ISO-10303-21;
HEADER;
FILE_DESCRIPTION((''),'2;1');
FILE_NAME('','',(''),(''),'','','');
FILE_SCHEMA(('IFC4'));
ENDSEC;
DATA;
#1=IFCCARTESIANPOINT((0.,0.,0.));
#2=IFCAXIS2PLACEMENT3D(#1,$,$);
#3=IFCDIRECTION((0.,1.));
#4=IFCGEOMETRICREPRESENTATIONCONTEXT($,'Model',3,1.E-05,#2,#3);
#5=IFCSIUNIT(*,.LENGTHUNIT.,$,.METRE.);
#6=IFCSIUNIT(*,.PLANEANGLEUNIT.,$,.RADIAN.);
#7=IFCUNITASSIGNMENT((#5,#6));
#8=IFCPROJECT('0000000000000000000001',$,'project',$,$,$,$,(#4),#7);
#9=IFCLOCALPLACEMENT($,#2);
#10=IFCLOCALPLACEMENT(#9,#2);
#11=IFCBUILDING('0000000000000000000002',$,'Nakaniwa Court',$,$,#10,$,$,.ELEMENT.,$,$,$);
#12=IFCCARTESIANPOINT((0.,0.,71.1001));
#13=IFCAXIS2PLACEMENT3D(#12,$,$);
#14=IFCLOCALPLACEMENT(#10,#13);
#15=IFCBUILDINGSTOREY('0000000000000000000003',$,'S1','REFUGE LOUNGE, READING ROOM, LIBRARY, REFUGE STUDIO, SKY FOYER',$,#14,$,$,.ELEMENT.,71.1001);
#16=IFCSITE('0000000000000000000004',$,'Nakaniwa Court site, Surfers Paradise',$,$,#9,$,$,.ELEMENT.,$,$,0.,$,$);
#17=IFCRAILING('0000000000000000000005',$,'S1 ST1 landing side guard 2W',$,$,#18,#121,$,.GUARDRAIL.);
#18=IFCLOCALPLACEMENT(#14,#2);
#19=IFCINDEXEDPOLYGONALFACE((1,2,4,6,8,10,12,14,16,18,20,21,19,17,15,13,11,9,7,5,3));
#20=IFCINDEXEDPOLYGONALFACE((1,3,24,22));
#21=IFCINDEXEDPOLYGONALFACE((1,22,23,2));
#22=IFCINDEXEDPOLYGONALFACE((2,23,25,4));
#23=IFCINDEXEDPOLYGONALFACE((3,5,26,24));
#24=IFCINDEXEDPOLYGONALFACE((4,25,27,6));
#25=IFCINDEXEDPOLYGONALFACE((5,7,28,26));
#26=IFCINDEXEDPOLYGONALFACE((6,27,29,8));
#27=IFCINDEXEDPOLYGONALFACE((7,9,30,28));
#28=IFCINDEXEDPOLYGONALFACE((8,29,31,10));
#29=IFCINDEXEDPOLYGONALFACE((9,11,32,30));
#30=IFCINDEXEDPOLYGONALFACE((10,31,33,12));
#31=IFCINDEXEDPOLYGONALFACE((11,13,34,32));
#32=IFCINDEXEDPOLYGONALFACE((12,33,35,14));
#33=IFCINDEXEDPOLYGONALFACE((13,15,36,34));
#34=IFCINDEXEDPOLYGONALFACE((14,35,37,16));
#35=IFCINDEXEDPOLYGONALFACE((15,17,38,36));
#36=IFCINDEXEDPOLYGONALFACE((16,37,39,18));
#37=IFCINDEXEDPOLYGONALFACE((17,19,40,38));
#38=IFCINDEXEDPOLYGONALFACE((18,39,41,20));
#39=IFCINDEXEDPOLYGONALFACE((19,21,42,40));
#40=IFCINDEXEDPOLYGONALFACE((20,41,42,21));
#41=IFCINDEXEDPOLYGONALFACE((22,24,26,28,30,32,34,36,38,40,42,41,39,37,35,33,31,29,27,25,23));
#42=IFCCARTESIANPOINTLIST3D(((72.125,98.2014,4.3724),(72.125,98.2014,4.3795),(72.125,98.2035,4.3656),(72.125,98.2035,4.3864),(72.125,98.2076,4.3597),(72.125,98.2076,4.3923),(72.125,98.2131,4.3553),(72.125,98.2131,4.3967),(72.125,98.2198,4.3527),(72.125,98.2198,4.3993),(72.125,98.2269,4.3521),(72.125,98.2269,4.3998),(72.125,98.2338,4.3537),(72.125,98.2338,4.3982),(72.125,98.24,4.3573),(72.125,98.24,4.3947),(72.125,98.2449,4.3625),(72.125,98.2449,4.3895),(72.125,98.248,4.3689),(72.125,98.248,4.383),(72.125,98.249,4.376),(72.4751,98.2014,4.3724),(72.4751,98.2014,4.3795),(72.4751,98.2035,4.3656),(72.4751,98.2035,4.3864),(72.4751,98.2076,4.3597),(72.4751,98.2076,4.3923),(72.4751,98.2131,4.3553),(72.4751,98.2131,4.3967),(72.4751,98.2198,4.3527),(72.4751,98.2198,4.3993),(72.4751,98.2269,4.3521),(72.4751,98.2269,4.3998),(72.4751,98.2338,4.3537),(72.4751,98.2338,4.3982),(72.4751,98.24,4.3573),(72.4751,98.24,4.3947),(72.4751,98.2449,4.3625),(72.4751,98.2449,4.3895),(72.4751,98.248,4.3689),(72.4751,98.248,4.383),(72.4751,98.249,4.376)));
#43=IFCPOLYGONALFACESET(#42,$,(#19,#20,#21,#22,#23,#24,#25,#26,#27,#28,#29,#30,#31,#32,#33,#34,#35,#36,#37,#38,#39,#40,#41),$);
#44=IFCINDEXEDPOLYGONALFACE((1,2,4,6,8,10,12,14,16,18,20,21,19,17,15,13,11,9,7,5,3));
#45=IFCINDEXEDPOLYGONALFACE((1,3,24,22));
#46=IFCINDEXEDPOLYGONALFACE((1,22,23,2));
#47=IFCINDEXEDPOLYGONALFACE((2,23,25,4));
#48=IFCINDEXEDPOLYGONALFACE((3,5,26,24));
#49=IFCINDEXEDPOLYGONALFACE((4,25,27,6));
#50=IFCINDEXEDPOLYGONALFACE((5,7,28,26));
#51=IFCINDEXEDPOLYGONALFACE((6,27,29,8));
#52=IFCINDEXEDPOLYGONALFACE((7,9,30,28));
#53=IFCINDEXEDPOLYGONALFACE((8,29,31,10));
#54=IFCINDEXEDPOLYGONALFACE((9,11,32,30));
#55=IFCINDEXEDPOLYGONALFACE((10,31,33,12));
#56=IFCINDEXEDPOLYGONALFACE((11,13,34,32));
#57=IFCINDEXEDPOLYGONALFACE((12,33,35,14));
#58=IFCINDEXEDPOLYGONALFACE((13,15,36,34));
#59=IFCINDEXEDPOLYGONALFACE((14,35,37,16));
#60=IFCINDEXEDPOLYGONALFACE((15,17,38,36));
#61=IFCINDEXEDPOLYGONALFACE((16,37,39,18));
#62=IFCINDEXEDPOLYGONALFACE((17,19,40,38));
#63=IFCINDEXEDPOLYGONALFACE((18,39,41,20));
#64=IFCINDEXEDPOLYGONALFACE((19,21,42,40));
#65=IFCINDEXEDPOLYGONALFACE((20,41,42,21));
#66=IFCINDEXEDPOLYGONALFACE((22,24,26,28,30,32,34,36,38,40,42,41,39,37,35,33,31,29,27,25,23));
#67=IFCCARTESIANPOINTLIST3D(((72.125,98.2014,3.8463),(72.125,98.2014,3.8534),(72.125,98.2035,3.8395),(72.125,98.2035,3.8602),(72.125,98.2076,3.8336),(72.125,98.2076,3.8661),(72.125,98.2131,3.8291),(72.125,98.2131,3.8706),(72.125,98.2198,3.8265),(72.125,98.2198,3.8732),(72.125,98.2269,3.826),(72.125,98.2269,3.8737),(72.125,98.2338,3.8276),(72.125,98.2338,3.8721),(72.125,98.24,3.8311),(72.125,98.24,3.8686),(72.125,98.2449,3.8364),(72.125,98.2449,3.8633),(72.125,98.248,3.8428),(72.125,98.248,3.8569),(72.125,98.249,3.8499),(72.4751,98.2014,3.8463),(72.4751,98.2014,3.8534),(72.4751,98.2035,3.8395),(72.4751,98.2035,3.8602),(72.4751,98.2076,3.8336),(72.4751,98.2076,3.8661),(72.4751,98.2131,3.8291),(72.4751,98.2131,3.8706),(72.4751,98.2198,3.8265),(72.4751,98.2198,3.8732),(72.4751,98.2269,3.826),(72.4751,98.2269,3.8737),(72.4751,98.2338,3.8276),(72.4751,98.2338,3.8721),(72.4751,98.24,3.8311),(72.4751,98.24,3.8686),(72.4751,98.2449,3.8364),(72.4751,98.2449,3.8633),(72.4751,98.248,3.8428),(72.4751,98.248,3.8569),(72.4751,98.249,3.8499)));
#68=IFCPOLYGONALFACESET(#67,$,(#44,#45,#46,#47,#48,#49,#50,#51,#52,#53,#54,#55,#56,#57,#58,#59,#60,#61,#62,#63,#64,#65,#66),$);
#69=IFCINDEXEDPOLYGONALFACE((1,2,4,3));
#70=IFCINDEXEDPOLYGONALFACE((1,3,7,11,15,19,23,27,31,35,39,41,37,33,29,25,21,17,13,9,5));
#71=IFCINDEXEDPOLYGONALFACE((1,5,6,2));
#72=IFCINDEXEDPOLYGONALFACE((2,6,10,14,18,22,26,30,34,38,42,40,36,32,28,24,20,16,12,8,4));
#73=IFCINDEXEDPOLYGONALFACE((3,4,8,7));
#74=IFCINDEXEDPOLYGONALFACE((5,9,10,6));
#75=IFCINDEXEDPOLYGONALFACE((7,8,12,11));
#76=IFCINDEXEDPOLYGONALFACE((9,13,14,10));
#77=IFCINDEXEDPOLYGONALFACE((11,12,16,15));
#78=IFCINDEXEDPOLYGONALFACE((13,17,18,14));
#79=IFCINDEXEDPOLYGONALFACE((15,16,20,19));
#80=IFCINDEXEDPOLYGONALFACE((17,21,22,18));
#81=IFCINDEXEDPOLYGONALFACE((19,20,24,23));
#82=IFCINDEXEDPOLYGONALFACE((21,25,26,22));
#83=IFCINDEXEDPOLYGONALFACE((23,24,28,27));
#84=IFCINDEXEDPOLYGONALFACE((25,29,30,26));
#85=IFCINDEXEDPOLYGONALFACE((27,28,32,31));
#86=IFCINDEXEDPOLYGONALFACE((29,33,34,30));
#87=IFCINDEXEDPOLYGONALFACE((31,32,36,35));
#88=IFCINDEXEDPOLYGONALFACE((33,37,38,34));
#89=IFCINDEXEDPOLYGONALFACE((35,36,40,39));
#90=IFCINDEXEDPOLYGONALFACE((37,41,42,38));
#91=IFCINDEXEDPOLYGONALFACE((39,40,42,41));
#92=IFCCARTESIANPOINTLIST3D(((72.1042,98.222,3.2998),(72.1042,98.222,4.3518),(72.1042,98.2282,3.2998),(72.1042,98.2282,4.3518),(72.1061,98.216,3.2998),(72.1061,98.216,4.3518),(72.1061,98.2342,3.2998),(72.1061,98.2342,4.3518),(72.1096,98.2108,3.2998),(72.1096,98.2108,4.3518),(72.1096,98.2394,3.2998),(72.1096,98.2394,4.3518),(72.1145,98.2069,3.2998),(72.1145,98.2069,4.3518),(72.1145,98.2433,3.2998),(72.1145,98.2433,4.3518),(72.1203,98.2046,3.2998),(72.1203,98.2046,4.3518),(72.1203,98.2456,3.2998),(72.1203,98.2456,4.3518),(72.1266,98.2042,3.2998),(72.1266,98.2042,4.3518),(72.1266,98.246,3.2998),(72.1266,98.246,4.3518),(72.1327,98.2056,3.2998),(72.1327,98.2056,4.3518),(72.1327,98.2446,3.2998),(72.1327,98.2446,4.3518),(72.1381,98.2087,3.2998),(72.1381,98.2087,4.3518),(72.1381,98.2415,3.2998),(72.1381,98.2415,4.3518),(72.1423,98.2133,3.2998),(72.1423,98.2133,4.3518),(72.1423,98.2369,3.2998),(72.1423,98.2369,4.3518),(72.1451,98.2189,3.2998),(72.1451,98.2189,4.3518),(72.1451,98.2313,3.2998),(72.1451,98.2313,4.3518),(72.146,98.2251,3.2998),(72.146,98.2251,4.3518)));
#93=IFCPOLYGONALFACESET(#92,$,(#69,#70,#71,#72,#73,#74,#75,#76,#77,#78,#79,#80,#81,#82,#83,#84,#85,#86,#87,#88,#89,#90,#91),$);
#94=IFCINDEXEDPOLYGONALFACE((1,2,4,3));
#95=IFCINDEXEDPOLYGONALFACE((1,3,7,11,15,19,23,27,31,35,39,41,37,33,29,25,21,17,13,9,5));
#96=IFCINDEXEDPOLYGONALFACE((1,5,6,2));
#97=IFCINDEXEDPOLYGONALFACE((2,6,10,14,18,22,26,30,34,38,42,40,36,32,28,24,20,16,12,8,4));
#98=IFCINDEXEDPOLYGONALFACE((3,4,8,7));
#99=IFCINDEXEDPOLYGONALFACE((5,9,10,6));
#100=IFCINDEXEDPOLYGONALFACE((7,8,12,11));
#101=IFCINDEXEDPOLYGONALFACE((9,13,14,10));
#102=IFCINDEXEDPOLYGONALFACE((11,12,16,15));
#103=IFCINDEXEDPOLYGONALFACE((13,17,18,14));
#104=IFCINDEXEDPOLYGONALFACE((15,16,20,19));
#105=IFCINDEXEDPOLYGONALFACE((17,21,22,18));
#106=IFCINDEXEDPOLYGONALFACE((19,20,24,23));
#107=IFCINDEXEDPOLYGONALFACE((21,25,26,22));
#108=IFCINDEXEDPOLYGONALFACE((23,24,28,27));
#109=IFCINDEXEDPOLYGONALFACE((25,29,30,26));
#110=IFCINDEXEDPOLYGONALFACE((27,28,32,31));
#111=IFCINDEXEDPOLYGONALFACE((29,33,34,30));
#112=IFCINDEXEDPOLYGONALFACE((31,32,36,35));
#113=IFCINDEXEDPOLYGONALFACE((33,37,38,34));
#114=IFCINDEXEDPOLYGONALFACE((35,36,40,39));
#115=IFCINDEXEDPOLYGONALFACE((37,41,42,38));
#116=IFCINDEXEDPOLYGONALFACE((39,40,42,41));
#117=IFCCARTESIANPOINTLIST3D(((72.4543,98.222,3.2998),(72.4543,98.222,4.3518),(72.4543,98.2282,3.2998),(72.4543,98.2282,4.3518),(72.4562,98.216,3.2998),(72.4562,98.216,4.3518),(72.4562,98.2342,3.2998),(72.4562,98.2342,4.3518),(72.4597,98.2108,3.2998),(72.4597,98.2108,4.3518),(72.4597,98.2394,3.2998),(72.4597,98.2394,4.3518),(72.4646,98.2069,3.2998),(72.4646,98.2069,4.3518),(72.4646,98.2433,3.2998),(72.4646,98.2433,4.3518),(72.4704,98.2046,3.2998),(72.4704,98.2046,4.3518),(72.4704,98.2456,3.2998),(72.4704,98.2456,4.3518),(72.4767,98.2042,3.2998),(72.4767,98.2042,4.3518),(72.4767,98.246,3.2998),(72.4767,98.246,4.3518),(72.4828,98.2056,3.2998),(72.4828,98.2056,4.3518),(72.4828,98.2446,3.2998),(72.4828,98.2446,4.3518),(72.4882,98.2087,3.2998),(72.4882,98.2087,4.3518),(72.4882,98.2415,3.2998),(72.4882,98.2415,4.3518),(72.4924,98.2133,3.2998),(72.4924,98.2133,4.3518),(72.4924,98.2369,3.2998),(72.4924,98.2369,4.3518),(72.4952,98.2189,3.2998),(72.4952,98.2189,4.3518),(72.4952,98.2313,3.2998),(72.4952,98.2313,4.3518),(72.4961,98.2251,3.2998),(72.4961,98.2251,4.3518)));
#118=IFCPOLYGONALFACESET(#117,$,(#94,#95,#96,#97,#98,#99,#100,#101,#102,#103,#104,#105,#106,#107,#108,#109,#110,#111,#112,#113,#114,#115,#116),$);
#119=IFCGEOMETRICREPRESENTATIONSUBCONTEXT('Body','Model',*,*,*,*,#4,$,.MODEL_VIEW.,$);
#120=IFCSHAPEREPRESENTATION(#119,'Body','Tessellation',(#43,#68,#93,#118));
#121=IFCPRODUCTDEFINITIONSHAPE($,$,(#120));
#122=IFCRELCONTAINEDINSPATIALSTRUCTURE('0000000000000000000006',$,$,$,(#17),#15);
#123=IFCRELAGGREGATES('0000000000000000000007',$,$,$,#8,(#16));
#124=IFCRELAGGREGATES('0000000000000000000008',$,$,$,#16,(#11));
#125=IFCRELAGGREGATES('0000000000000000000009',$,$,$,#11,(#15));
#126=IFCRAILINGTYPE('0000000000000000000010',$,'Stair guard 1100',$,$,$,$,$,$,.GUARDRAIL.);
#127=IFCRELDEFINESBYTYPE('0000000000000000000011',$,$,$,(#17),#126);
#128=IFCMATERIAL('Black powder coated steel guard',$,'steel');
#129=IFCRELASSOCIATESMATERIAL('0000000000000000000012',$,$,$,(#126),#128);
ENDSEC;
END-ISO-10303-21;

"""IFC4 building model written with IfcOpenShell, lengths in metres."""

from ifc_helpers import new_model, si_unit, direction, frame, origin, origin_2d, place, context, subcontext, project, spatial, circle, extrude, material, type_object, element, save


model = new_model("IFC4")

# Units and contexts
model_context = context("Model", 3, precision=1e-05, world=origin(), true_north=direction((0.0, 1.0)))
body_context = subcontext(model_context, "Body", "Model", "MODEL_VIEW")
ifc_project = project(units=[si_unit("LENGTHUNIT", "METRE"), si_unit("PLANEANGLEUNIT", "RADIAN")], contexts=[model_context])

# Site, building, storey
site_placement = place(None, origin())
site = spatial("IfcSite", under=ifc_project, at=site_placement, Name="Nakaniwa Court site, Surfers Paradise", CompositionType="ELEMENT", RefElevation=0.0)
building_placement = place(site_placement, origin())
building = spatial("IfcBuilding", under=site, at=building_placement, Name="Nakaniwa Court", CompositionType="ELEMENT")
storey_placement = place(building_placement, frame((0.0, 0.0, 71.1001)))
storey = spatial("IfcBuildingStorey", under=building, at=storey_placement, Name="S1", Description="REFUGE LOUNGE, READING ROOM, LIBRARY, REFUGE STUDIO, SKY FOYER", CompositionType="ELEMENT", Elevation=71.1001)

# Railing
ifc_material_1 = material(Name="Black powder coated steel guard", Category="steel")
railing_type = type_object("IfcRailingType", Name="Stair guard 1100", PredefinedType="GUARDRAIL", material=ifc_material_1)
railing_1_placement = place(storey_placement, frame((72.125, 98.2251, 3.2998)))
element("IfcRailing", 1, at=railing_1_placement, inside=storey, type_object=railing_type, Name="S1 ST1 landing side guard 2W", PredefinedType="GUARDRAIL", context=body_context, shape_type="SweptSolid", body=[
    extrude(circle(Radius=0.0239, at=origin_2d()), frame((0.0, 0.0, 1.0762), z_axis=(1.0, 0.0, 0.0), x_axis=(0.0, 1.0, 0.0)), (0.0, 0.0, 1.0), 0.3501),
    extrude(circle(Radius=0.0239, at=origin_2d()), frame((0.0, 0.0, 0.55), z_axis=(1.0, 0.0, 0.0), x_axis=(0.0, 1.0, 0.0)), (0.0, 0.0, 1.0), 0.3501),
    extrude(circle(Radius=0.021, at=origin_2d()), origin(), (0.0, 0.0, 1.0), 1.052),
    extrude(circle(Radius=0.021, at=origin_2d()), frame((0.3501, 0.0, 0.0)), (0.0, 0.0, 1.0), 1.052),
])

save(model, "model.ifc")
